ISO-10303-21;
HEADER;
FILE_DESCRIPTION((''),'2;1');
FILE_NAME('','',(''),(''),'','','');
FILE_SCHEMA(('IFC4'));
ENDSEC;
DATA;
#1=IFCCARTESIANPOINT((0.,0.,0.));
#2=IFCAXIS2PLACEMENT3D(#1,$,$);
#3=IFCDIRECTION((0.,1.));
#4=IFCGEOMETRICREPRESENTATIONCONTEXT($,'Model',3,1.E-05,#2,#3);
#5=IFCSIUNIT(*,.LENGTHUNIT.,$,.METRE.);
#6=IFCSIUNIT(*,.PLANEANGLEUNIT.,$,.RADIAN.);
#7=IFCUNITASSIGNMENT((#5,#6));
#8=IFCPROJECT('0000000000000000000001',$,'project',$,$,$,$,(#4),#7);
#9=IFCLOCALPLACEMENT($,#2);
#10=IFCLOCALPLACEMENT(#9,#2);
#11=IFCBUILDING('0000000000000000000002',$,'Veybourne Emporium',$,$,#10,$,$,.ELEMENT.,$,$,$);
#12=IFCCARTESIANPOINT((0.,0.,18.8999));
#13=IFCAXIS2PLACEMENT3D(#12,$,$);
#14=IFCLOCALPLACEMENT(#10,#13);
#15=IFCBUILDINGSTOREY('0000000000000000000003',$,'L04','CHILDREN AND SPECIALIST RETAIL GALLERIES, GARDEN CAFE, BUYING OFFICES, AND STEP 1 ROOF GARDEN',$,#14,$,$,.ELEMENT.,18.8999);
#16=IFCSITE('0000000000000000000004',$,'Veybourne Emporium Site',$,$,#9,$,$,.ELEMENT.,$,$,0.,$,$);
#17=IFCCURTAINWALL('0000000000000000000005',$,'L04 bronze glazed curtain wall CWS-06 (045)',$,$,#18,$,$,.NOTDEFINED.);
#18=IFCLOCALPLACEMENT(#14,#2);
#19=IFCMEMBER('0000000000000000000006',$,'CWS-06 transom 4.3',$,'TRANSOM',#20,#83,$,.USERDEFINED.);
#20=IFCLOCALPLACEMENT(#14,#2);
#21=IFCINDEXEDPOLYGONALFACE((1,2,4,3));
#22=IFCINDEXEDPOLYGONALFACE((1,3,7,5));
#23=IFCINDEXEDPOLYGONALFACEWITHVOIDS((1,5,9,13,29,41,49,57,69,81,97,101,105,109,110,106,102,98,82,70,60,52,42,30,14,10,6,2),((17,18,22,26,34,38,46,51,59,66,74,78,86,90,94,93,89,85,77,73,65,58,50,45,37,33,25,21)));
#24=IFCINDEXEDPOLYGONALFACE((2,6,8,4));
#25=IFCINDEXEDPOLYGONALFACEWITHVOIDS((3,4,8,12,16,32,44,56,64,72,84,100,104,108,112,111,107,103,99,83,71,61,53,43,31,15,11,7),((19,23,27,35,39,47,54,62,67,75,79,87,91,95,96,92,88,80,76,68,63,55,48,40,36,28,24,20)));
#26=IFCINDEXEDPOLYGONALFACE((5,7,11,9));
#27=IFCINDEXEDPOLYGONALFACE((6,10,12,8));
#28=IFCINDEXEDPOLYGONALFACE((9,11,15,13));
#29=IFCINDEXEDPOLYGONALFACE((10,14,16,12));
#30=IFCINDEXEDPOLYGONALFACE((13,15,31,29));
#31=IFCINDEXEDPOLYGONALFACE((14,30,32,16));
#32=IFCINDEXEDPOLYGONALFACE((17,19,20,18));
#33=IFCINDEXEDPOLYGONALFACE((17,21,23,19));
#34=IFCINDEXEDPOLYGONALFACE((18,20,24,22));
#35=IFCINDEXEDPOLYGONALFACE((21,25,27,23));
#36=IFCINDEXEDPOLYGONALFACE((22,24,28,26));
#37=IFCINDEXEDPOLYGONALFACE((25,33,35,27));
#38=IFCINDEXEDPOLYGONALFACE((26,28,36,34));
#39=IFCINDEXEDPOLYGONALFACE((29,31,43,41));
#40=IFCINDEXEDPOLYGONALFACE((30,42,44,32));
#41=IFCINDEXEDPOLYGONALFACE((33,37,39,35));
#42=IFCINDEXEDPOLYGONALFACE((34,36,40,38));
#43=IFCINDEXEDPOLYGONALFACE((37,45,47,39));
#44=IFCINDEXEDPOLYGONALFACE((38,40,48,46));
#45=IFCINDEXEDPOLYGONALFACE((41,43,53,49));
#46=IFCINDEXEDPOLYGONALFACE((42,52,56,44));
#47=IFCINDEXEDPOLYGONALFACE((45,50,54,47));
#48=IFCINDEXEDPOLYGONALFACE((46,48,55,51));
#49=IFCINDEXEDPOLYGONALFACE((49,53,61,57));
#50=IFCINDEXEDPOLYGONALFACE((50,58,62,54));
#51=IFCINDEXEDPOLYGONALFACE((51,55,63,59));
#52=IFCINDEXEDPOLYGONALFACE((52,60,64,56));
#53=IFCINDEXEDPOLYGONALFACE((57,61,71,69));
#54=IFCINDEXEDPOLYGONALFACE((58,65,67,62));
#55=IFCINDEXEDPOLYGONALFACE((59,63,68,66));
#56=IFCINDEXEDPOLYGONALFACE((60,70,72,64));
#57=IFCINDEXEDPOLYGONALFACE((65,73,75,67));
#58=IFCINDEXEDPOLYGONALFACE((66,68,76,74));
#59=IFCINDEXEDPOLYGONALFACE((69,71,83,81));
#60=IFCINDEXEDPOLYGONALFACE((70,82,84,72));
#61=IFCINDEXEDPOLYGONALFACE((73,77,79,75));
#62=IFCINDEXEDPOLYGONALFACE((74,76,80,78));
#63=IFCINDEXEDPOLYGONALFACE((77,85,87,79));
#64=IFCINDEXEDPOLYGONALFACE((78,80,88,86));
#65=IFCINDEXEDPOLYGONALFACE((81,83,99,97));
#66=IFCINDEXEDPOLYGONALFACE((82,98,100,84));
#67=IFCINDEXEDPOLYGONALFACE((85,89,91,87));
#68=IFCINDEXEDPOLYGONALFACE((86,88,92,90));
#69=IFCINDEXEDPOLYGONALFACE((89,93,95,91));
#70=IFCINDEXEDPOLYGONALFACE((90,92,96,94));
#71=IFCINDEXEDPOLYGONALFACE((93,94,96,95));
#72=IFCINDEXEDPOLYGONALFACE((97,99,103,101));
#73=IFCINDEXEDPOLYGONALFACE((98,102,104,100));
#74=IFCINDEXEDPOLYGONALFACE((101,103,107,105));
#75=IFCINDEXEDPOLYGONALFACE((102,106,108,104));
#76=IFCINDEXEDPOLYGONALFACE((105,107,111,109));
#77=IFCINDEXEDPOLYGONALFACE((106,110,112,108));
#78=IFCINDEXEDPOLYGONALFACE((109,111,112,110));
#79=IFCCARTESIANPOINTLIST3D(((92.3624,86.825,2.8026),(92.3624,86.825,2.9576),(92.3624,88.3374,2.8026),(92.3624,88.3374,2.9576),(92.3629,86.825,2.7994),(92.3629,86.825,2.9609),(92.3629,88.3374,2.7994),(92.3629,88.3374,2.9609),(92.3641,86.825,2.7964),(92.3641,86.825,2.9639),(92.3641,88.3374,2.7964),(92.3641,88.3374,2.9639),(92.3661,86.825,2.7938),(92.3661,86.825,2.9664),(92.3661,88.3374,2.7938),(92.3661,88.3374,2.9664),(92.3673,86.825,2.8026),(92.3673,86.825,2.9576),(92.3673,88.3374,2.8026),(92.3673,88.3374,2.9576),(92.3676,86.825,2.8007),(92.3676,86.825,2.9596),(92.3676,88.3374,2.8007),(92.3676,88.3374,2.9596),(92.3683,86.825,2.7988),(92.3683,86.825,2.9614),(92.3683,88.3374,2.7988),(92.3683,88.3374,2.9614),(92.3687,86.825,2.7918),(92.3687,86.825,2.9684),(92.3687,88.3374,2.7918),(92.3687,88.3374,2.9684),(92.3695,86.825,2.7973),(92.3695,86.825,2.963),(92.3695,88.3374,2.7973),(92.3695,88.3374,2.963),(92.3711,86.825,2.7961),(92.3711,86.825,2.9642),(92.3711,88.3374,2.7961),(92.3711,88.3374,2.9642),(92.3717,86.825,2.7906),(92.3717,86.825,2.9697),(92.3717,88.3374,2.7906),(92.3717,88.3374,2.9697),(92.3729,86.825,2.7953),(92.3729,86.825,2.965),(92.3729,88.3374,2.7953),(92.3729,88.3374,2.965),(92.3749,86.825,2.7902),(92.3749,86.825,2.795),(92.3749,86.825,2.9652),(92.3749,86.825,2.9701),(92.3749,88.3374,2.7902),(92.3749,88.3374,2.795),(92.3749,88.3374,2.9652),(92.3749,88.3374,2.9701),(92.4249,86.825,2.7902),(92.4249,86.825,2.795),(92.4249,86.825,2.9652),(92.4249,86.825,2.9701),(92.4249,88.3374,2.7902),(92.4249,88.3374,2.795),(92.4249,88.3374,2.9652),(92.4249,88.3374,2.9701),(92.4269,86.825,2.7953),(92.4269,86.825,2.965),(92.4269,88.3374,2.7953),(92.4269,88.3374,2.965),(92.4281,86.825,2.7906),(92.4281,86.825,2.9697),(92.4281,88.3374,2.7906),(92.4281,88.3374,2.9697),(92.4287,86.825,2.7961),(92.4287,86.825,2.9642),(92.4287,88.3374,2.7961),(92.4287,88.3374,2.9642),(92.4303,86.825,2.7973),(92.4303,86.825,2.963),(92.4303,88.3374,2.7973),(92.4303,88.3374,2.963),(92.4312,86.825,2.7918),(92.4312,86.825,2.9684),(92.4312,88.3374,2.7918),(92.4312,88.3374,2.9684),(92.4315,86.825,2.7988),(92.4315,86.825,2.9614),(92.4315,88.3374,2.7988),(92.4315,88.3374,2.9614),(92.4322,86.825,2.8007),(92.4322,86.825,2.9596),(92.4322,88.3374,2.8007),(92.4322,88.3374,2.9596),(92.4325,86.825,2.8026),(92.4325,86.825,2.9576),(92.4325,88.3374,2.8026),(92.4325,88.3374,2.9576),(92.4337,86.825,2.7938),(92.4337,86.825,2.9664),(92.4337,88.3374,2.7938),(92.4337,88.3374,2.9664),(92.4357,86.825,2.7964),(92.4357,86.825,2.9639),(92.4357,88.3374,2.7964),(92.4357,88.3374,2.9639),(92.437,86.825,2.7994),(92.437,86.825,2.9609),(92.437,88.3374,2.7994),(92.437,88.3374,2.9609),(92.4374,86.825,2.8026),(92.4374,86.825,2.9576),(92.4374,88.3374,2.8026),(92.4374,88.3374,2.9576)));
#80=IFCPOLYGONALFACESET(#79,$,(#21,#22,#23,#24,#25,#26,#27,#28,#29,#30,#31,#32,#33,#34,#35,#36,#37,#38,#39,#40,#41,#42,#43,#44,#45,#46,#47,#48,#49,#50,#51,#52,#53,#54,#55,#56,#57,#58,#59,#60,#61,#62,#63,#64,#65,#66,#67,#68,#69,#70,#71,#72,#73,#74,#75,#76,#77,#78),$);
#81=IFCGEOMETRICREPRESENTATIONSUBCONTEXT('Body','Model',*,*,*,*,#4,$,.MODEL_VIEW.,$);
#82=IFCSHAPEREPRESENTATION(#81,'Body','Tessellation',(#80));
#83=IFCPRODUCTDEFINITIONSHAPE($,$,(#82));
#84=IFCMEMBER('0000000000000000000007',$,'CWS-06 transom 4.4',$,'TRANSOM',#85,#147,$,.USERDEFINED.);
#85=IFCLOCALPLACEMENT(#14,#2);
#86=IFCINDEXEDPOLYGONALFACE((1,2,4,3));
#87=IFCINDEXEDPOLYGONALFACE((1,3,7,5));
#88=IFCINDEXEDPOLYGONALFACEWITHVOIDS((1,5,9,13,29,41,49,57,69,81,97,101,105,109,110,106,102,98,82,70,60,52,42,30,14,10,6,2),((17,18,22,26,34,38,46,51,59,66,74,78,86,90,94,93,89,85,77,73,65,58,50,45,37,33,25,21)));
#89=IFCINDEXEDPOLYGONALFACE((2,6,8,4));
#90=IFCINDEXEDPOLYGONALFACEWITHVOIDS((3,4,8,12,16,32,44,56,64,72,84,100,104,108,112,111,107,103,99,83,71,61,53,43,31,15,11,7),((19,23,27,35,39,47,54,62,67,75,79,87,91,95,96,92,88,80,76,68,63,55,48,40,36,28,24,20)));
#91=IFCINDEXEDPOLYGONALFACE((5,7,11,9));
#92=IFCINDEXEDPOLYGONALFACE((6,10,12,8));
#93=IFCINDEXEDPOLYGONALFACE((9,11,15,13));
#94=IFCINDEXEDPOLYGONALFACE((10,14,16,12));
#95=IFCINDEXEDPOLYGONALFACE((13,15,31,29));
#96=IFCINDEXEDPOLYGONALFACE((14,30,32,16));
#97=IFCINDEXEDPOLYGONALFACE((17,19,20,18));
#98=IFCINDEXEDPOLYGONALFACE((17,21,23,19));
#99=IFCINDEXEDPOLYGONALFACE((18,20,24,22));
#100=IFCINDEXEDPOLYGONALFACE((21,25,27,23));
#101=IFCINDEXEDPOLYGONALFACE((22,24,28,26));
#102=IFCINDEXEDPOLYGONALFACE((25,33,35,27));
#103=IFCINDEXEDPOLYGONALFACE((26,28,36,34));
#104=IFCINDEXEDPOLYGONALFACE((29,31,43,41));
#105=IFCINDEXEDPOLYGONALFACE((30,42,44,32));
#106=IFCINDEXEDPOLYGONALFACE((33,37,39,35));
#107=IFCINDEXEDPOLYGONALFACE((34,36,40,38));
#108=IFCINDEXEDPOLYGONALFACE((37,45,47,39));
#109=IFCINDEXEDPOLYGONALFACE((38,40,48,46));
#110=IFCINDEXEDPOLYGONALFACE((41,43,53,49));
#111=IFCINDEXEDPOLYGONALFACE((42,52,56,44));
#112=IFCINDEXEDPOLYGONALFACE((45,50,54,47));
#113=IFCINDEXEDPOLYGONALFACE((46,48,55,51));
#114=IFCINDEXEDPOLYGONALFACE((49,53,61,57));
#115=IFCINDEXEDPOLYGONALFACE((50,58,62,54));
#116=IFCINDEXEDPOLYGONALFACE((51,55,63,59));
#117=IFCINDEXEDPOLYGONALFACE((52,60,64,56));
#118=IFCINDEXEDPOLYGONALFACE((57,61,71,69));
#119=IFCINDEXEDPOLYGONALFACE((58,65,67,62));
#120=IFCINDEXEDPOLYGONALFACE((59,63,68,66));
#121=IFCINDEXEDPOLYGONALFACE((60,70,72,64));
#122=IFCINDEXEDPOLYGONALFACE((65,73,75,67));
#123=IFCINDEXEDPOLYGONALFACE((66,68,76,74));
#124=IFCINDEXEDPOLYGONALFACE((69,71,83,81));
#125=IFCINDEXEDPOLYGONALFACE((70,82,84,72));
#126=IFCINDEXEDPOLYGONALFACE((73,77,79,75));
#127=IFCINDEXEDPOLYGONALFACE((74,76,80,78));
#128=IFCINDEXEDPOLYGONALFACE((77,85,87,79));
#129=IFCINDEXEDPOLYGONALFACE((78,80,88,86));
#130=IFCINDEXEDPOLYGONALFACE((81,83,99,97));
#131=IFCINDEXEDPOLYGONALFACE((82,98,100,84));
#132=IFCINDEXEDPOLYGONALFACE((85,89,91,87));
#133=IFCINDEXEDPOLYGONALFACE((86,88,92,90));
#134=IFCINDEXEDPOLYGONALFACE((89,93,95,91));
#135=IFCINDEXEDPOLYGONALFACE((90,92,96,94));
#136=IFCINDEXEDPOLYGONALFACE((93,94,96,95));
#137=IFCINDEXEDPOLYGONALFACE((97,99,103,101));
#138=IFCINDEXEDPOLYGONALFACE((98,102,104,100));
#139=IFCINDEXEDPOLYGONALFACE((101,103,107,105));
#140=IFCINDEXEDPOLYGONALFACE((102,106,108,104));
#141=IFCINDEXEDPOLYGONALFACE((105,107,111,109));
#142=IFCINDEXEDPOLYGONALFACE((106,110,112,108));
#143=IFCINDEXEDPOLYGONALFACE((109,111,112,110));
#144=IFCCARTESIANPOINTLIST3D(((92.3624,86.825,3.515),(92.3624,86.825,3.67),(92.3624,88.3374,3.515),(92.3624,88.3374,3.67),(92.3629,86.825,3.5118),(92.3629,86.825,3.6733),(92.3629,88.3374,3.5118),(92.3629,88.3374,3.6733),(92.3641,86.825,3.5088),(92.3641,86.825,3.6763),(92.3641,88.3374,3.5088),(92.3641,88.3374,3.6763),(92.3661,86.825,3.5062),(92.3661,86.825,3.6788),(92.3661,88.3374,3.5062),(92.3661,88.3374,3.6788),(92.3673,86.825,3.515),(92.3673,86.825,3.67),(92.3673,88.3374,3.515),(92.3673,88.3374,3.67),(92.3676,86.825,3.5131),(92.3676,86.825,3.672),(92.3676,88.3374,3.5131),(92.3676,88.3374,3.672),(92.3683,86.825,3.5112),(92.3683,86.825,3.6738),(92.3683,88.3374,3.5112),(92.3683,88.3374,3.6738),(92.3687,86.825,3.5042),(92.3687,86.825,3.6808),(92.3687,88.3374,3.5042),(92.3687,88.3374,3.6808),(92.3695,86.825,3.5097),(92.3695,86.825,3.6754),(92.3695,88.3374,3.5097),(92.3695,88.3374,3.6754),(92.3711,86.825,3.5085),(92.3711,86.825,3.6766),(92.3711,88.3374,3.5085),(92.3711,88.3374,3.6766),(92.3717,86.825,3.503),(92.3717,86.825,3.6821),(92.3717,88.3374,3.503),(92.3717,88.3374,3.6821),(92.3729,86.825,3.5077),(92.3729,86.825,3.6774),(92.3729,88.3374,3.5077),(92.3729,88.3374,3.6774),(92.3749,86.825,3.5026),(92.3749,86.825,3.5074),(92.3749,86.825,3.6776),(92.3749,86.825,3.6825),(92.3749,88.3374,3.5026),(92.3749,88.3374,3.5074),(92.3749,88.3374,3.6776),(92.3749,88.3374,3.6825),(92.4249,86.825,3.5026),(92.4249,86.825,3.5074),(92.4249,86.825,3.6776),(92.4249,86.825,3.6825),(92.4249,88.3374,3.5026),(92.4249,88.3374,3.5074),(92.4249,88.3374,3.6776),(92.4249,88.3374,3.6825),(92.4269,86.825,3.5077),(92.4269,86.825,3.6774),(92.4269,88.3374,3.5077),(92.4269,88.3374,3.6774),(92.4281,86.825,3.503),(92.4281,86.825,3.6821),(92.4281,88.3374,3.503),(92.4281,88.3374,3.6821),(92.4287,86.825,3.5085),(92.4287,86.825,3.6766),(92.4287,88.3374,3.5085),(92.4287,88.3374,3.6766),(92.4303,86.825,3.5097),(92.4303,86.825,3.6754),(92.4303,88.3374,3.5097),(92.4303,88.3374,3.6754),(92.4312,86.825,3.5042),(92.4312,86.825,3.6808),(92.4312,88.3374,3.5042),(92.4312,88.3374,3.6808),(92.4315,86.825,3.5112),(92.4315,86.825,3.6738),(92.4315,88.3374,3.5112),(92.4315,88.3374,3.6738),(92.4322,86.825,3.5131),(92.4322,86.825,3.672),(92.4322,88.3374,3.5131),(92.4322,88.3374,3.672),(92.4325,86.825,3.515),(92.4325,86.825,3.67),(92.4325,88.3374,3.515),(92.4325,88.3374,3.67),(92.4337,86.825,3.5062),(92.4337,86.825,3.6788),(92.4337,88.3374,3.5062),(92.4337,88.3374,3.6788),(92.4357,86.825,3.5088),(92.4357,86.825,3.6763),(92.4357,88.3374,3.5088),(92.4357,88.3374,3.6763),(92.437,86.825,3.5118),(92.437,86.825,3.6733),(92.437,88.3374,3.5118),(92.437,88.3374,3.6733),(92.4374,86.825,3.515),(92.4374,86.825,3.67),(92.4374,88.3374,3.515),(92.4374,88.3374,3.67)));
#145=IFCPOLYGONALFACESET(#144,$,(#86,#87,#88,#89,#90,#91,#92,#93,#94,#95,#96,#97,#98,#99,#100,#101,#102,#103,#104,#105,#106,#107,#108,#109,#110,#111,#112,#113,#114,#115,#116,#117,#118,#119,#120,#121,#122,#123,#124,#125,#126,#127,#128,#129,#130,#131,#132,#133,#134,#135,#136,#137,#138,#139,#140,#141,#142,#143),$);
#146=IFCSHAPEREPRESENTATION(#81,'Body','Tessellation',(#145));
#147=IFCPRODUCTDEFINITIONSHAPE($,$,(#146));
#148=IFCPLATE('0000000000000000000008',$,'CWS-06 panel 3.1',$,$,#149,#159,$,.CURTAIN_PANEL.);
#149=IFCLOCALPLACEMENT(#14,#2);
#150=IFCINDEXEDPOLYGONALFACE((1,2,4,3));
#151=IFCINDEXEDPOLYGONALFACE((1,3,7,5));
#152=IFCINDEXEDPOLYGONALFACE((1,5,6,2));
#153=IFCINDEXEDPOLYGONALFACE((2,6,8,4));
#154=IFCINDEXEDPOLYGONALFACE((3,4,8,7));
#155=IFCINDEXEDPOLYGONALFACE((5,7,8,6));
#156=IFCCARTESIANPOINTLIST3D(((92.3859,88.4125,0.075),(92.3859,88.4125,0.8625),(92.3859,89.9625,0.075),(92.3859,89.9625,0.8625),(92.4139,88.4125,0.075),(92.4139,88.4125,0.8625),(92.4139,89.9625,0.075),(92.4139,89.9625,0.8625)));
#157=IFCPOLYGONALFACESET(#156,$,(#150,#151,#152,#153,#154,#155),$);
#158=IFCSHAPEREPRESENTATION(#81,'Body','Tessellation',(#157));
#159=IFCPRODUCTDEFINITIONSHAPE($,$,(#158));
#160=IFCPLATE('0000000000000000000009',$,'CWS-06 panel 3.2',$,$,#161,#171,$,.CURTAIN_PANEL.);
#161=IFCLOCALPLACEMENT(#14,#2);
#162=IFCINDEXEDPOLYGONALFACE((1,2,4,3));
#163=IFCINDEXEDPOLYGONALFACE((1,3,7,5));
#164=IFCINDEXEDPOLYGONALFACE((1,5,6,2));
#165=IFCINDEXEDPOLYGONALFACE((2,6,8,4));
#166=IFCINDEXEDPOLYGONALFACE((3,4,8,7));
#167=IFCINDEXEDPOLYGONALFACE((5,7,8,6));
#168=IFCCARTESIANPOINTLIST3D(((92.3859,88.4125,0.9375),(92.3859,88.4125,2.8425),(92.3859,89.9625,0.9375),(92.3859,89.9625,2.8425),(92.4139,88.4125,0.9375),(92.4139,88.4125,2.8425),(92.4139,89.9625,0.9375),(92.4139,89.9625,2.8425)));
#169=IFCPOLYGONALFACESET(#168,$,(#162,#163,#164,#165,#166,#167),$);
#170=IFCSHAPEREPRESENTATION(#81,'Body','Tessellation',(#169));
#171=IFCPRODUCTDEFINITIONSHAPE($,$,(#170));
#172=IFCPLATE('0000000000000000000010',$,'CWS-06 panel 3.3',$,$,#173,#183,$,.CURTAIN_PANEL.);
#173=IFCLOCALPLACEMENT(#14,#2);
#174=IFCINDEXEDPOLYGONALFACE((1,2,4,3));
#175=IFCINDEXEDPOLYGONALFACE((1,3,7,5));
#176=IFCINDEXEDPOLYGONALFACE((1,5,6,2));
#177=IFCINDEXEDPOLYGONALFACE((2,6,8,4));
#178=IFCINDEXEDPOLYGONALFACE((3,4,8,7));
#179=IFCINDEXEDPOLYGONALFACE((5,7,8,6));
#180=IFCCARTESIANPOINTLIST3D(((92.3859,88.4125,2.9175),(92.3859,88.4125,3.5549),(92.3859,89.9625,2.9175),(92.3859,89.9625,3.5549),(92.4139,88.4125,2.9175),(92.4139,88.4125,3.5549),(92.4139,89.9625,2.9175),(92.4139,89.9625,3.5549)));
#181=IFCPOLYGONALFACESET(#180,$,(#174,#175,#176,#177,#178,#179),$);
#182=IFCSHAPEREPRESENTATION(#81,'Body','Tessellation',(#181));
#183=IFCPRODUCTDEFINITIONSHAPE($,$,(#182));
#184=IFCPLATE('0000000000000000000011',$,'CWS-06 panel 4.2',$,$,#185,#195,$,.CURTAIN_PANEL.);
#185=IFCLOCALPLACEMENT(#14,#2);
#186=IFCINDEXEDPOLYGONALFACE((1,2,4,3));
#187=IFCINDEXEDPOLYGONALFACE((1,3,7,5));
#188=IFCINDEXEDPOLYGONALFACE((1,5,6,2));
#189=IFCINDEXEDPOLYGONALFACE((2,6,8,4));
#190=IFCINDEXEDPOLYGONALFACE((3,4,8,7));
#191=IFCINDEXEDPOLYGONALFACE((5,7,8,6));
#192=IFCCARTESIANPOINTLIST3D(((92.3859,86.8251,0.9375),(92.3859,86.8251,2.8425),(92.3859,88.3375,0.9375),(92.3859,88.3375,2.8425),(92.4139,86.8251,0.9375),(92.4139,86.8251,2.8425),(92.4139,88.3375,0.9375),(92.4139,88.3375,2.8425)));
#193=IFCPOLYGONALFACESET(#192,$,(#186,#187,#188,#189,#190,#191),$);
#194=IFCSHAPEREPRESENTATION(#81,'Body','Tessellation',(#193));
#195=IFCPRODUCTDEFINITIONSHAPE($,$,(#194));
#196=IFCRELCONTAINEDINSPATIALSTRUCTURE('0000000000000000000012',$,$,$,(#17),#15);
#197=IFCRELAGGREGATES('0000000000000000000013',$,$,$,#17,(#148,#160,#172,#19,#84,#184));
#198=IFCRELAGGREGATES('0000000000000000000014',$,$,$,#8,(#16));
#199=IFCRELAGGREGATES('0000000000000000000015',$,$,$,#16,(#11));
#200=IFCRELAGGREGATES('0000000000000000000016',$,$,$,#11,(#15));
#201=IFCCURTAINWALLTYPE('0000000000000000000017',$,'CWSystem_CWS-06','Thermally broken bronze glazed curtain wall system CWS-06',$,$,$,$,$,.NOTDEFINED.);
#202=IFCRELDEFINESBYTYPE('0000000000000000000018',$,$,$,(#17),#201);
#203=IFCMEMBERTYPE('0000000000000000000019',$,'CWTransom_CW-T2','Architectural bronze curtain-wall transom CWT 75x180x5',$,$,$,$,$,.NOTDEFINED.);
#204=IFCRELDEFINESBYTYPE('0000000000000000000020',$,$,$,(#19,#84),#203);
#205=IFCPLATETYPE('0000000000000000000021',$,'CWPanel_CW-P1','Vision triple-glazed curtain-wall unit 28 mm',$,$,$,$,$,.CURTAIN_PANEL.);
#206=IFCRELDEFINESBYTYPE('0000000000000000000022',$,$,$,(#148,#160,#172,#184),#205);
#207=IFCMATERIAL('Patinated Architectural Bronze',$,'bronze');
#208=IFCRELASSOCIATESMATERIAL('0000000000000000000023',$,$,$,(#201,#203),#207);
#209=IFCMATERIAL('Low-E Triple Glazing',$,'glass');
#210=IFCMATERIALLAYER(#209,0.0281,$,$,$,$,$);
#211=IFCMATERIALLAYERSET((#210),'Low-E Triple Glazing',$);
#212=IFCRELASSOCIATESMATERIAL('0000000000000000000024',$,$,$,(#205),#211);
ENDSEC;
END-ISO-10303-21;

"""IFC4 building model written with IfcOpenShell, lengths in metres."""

from ifc_helpers import new_model, si_unit, direction, frame, origin, origin_2d, place, context, subcontext, project, spatial, rectangle, hollow_rectangle, extrude, material, layer, layer_set, material_profile, profile_set, type_object, element, aggregate, save


model = new_model("IFC4")

# Units and contexts
model_context = context("Model", 3, precision=1e-05, world=origin(), true_north=direction((0.0, 1.0)))
body_context = subcontext(model_context, "Body", "Model", "MODEL_VIEW")
ifc_project = project(units=[si_unit("LENGTHUNIT", "METRE"), si_unit("PLANEANGLEUNIT", "RADIAN")], contexts=[model_context])

# Site, building, storey
site_placement = place(None, origin())
site = spatial("IfcSite", under=ifc_project, at=site_placement, Name="Veybourne Emporium Site", CompositionType="ELEMENT", RefElevation=0.0)
building_placement = place(site_placement, origin())
building = spatial("IfcBuilding", under=site, at=building_placement, Name="Veybourne Emporium", CompositionType="ELEMENT")
storey_placement = place(building_placement, frame((0.0, 0.0, 18.8999)))
storey = spatial("IfcBuildingStorey", under=building, at=storey_placement, Name="L04", Description="CHILDREN AND SPECIALIST RETAIL GALLERIES, GARDEN CAFE, BUYING OFFICES, AND STEP 1 ROOF GARDEN", CompositionType="ELEMENT", Elevation=18.8999)

# Curtain wall
ifc_material_1 = material(Name="Patinated Architectural Bronze", Category="bronze")
curtain_wall_type_1 = type_object("IfcCurtainWallType", Name="CWSystem_CWS-06", Description="Thermally broken bronze glazed curtain wall system CWS-06", PredefinedType="NOTDEFINED", material=ifc_material_1)
curtain_wall_1_placement = place(storey_placement, origin())
curtain_wall_1 = element("IfcCurtainWall", 1, at=curtain_wall_1_placement, inside=storey, type_object=curtain_wall_type_1, Name="L04 bronze glazed curtain wall CWS-06 (045)", PredefinedType="NOTDEFINED")

# Members
ifc_material_profile_1 = material_profile(ifc_material_1, hollow_rectangle(XDim=0.075, YDim=0.1799, WallThickness=0.0049, InnerFilletRadius=0.0076, OuterFilletRadius=0.0125, at=origin_2d()), Name="CWT 75x180x5")
ifc_profile_set_1 = profile_set([ifc_material_profile_1], Name="Patinated Architectural Bronze")
member_type_1 = type_object("IfcMemberType", Name="CWTransom_CW-T2", Description="Architectural bronze curtain-wall transom CWT 75x180x5", PredefinedType="NOTDEFINED", material=ifc_profile_set_1)
member_1_placement = place(storey_placement, frame((92.3999, 88.3374, 2.8801), z_axis=(0.0, -1.0, 0.0), x_axis=(1.0, 0.0, 0.0)))
member_1 = element("IfcMember", 2, at=member_1_placement, type_object=member_type_1, Name="CWS-06 transom 4.3", ObjectType="TRANSOM", PredefinedType="USERDEFINED", context=body_context, shape_type="SweptSolid", body=[
    extrude(hollow_rectangle(XDim=0.075, YDim=0.1799, WallThickness=0.0049, InnerFilletRadius=0.0076, OuterFilletRadius=0.0125, at=origin_2d()), origin(), (0.0, 0.0, 1.0), 1.5125),
])
member_2_placement = place(storey_placement, frame((92.3999, 88.3374, 3.5925), z_axis=(0.0, -1.0, 0.0), x_axis=(1.0, 0.0, 0.0)))
member_2 = element("IfcMember", 3, at=member_2_placement, type_object=member_type_1, Name="CWS-06 transom 4.4", ObjectType="TRANSOM", PredefinedType="USERDEFINED", context=body_context, shape_type="SweptSolid", body=[
    extrude(hollow_rectangle(XDim=0.075, YDim=0.1799, WallThickness=0.0049, InnerFilletRadius=0.0076, OuterFilletRadius=0.0125, at=origin_2d()), origin(), (0.0, 0.0, 1.0), 1.5125),
])

# Plates
ifc_material_2 = material(Name="Low-E Triple Glazing", Category="glass")
ifc_layer_1 = layer(ifc_material_2, 0.0281)
ifc_layer_set_1 = layer_set([ifc_layer_1], Name="Low-E Triple Glazing")
plate_type = type_object("IfcPlateType", Name="CWPanel_CW-P1", Description="Vision triple-glazed curtain-wall unit 28 mm", PredefinedType="CURTAIN_PANEL", material=ifc_layer_set_1)
plate_1_placement = place(storey_placement, frame((92.3999, 89.1875, 0.075), z_axis=(0.0, 0.0, 1.0), x_axis=(0.0, -1.0, 0.0)))
plate_1 = element("IfcPlate", 4, at=plate_1_placement, type_object=plate_type, Name="CWS-06 panel 3.1", PredefinedType="CURTAIN_PANEL", context=body_context, shape_type="SweptSolid", body=[
    extrude(rectangle(XDim=1.55, YDim=0.0281, at=origin_2d()), origin(), (0.0, 0.0, 1.0), 0.7876),
])
plate_2_placement = place(storey_placement, frame((92.3999, 89.1875, 0.9375), z_axis=(0.0, 0.0, 1.0), x_axis=(0.0, -1.0, 0.0)))
plate_2 = element("IfcPlate", 5, at=plate_2_placement, type_object=plate_type, Name="CWS-06 panel 3.2", PredefinedType="CURTAIN_PANEL", context=body_context, shape_type="SweptSolid", body=[
    extrude(rectangle(XDim=1.55, YDim=0.0281, at=origin_2d()), origin(), (0.0, 0.0, 1.0), 1.905),
])
plate_3_placement = place(storey_placement, frame((92.3999, 89.1875, 2.9175), z_axis=(0.0, 0.0, 1.0), x_axis=(0.0, -1.0, 0.0)))
plate_3 = element("IfcPlate", 6, at=plate_3_placement, type_object=plate_type, Name="CWS-06 panel 3.3", PredefinedType="CURTAIN_PANEL", context=body_context, shape_type="SweptSolid", body=[
    extrude(rectangle(XDim=1.55, YDim=0.0281, at=origin_2d()), origin(), (0.0, 0.0, 1.0), 0.6375),
])
plate_4_placement = place(storey_placement, frame((92.3999, 87.5813, 0.9375), z_axis=(0.0, 0.0, 1.0), x_axis=(0.0, -1.0, 0.0)))
plate_4 = element("IfcPlate", 7, at=plate_4_placement, type_object=plate_type, Name="CWS-06 panel 4.2", PredefinedType="CURTAIN_PANEL", context=body_context, shape_type="SweptSolid", body=[
    extrude(rectangle(XDim=1.5125, YDim=0.0281, at=origin_2d()), origin(), (0.0, 0.0, 1.0), 1.905),
])
aggregate(curtain_wall_1, [plate_1, plate_2, plate_3, member_1, member_2, plate_4])

save(model, "model.ifc")
